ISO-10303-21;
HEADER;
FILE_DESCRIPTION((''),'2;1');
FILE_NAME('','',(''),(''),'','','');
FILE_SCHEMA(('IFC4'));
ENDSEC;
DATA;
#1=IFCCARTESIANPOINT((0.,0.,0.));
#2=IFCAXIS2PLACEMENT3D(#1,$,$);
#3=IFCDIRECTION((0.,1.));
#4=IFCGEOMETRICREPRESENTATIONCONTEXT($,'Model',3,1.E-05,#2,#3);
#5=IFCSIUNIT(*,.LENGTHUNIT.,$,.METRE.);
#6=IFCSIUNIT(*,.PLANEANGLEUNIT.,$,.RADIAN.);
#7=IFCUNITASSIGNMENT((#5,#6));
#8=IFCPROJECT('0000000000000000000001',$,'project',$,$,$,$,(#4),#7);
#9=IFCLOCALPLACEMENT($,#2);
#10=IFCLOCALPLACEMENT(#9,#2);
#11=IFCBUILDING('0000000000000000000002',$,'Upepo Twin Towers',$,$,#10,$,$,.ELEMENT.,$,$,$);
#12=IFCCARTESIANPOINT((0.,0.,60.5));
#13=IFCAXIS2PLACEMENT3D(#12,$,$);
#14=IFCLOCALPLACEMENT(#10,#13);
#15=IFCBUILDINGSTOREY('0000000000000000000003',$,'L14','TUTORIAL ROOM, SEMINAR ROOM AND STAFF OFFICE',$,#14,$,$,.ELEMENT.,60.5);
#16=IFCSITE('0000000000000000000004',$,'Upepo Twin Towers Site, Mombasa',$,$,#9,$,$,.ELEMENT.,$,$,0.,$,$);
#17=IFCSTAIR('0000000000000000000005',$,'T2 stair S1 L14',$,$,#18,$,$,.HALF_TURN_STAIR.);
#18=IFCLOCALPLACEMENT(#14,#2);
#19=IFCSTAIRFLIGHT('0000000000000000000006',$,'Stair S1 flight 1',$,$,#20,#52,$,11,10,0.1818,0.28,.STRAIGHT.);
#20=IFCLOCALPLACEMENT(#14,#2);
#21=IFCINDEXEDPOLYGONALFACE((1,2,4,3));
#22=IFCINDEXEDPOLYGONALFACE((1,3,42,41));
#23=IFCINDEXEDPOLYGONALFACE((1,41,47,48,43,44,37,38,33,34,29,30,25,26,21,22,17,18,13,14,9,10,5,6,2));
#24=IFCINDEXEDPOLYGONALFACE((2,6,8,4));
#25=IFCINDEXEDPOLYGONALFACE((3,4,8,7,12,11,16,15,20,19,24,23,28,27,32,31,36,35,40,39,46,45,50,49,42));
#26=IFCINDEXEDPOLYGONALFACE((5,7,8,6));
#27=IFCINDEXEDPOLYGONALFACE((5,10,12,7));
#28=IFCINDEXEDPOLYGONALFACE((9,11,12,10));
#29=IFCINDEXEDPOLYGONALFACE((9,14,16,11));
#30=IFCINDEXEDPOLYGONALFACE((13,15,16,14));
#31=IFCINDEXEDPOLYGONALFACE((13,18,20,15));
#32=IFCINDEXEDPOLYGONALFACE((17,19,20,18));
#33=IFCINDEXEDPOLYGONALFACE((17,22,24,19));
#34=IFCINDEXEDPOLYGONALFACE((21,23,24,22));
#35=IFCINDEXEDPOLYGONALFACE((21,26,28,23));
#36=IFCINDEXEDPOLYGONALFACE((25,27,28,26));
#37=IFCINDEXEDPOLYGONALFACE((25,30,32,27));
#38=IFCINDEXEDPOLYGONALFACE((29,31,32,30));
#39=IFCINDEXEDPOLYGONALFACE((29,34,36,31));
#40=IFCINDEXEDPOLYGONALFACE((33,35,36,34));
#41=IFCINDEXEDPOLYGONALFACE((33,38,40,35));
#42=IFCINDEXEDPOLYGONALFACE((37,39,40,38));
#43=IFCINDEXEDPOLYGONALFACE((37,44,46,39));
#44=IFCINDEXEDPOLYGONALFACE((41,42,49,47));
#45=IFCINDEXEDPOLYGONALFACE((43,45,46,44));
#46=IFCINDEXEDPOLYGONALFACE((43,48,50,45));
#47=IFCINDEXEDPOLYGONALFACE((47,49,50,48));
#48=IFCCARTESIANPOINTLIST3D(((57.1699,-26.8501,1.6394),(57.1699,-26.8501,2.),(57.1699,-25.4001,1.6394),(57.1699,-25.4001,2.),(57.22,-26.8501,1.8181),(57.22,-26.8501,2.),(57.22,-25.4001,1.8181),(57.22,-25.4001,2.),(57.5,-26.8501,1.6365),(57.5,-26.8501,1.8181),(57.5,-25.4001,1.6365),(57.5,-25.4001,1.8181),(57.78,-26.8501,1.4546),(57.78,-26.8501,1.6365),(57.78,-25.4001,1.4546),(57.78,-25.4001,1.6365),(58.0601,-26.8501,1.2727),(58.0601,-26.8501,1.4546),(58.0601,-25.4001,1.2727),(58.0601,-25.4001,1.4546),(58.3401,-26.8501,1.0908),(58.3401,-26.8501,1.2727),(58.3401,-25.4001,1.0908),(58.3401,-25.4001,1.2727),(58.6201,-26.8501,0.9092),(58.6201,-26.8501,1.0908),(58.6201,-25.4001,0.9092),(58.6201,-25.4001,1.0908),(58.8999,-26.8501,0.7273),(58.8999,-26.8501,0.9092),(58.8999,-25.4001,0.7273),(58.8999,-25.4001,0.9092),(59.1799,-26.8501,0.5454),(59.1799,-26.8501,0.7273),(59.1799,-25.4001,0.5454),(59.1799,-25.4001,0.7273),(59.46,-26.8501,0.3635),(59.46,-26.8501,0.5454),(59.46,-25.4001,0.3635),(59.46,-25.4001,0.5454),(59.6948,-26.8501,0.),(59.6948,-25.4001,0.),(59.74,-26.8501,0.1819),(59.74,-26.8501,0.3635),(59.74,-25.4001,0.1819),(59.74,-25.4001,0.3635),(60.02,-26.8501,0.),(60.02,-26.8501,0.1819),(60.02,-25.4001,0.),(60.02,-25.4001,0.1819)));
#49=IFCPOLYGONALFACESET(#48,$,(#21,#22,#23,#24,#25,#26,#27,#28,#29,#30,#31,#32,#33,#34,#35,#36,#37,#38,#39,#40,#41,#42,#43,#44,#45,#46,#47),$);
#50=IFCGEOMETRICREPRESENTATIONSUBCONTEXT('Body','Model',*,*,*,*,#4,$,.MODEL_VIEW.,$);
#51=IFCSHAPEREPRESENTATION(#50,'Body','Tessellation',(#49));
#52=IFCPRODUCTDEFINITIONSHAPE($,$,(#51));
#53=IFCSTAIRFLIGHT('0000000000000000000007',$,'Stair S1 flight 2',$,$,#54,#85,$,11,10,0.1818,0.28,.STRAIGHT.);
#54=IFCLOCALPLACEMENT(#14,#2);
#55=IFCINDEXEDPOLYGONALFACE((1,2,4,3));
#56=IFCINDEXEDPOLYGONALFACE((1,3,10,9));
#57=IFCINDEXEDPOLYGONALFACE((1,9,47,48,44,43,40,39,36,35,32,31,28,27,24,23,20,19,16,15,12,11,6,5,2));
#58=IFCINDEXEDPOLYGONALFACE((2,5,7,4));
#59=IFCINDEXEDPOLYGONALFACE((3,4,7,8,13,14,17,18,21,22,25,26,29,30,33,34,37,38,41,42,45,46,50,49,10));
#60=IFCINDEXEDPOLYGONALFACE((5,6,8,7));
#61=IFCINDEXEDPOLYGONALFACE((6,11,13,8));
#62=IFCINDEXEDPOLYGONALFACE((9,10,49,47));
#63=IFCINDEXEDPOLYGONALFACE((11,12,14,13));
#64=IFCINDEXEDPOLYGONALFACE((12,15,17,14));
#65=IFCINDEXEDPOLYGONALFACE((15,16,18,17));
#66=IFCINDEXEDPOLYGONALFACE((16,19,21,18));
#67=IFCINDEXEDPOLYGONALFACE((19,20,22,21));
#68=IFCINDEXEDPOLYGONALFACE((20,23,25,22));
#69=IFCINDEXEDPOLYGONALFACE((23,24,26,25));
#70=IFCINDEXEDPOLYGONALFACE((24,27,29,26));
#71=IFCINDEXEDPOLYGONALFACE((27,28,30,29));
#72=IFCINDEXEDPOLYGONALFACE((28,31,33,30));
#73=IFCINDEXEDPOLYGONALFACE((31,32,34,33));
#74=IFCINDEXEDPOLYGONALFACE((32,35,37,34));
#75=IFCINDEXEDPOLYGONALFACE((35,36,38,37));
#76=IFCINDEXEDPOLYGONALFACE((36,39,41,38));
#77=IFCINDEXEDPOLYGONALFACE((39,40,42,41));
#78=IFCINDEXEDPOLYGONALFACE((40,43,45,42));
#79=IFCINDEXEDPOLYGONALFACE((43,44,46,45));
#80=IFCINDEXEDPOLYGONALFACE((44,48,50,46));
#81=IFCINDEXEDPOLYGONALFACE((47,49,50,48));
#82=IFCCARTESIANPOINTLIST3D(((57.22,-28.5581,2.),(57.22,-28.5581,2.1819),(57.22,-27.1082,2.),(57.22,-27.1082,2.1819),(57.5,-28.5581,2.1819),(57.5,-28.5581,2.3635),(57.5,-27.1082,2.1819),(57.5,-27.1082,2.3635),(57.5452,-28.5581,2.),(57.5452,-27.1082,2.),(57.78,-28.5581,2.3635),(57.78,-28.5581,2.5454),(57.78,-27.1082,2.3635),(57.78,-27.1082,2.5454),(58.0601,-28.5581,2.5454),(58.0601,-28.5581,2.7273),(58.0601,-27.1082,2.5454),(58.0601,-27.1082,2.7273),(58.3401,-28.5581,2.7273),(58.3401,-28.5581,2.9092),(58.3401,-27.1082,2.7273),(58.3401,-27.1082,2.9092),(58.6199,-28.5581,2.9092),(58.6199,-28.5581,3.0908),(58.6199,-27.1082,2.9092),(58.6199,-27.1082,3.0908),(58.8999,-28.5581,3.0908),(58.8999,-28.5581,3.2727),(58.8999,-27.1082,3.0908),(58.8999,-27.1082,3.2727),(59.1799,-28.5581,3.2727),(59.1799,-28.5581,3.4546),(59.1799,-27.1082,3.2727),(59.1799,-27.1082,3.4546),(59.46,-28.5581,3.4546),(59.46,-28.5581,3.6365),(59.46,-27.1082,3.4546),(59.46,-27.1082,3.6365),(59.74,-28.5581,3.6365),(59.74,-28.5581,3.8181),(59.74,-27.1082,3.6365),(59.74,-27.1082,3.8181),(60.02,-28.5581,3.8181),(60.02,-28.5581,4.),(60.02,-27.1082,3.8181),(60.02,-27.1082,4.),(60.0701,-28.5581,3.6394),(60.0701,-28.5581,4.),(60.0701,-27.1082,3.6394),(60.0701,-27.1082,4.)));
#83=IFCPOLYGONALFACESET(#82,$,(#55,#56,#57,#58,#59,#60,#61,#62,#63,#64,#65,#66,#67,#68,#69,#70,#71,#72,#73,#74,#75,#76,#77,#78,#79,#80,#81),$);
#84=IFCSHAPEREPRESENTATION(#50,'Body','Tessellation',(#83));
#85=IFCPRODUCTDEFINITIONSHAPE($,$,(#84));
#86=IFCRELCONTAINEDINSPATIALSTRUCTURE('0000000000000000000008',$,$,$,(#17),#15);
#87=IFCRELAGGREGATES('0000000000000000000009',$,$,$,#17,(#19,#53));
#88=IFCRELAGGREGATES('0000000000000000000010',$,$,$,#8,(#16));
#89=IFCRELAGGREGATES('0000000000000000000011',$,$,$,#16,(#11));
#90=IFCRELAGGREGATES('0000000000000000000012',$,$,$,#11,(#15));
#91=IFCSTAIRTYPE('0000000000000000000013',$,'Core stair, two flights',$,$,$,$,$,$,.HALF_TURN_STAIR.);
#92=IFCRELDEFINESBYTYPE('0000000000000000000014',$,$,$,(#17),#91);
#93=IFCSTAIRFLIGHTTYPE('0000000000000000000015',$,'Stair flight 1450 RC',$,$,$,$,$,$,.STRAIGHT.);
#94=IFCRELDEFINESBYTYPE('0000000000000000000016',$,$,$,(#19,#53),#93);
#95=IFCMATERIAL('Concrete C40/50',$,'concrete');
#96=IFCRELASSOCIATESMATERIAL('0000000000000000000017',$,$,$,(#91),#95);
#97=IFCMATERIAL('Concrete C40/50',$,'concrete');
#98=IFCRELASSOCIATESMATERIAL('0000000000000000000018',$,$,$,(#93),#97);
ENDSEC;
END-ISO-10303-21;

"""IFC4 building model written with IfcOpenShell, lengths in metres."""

from ifc_helpers import new_model, si_unit, direction, frame, origin, place, context, subcontext, project, spatial, polyline, outline, extrude, material, type_object, element, aggregate, save


model = new_model("IFC4")

# Units and contexts
model_context = context("Model", 3, precision=1e-05, world=origin(), true_north=direction((0.0, 1.0)))
body_context = subcontext(model_context, "Body", "Model", "MODEL_VIEW")
ifc_project = project(units=[si_unit("LENGTHUNIT", "METRE"), si_unit("PLANEANGLEUNIT", "RADIAN")], contexts=[model_context])

# Site, building, storey
site_placement = place(None, origin())
site = spatial("IfcSite", under=ifc_project, at=site_placement, Name="Upepo Twin Towers Site, Mombasa", CompositionType="ELEMENT", RefElevation=0.0)
building_placement = place(site_placement, origin())
building = spatial("IfcBuilding", under=site, at=building_placement, Name="Upepo Twin Towers", CompositionType="ELEMENT")
storey_placement = place(building_placement, frame((0.0, 0.0, 60.5)))
storey = spatial("IfcBuildingStorey", under=building, at=storey_placement, Name="L14", Description="TUTORIAL ROOM, SEMINAR ROOM AND STAFF OFFICE", CompositionType="ELEMENT", Elevation=60.5)

# Stair, stair flights
ifc_material_1 = material(Name="Concrete C40/50", Category="concrete")
stair_type = type_object("IfcStairType", Name="Core stair, two flights", PredefinedType="HALF_TURN_STAIR", material=ifc_material_1)
stair_placement = place(storey_placement, origin())
stair = element("IfcStair", 1, at=stair_placement, inside=storey, type_object=stair_type, Name="T2 stair S1 L14", PredefinedType="HALF_TURN_STAIR")
ifc_material_2 = material(Name="Concrete C40/50", Category="concrete")
stair_flight_type = type_object("IfcStairFlightType", Name="Stair flight 1450 RC", PredefinedType="STRAIGHT", material=ifc_material_2)
stair_flight_1_placement = place(storey_placement, frame((60.02, -26.125, 0.0), z_axis=(0.0, 0.0, 1.0), x_axis=(-1.0, 0.0, 0.0)))
stair_flight_1 = element("IfcStairFlight", 2, at=stair_flight_1_placement, type_object=stair_flight_type, Name="Stair S1 flight 1", NumberOfRisers=11, NumberOfTreads=10, PredefinedType="STRAIGHT", RiserHeight=0.1818, TreadLength=0.28, context=body_context, shape_type="SweptSolid", body=[
    extrude(outline(polyline([(0.0, 0.0), (0.0, 0.1819), (0.28, 0.1819), (0.28, 0.3635), (0.5601, 0.3635), (0.5601, 0.5454), (0.8401, 0.5454), (0.8401, 0.7273), (1.1201, 0.7273), (1.1201, 0.9092), (1.3999, 0.9092), (1.3999, 1.0908), (1.6799, 1.0908), (1.6799, 1.2727), (1.96, 1.2727), (1.96, 1.4546), (2.24, 1.4546), (2.24, 1.6365), (2.52, 1.6365), (2.52, 1.8181), (2.8, 1.8181), (2.8, 2.0), (2.8501, 2.0), (2.8501, 1.6394), (0.3252, 0.0), (0.0, 0.0)])), frame((0.0, 0.7251, 0.0), z_axis=(0.0, -1.0, 0.0), x_axis=(1.0, 0.0, 0.0)), (0.0, 0.0, 1.0), 1.45),
])
stair_flight_2_placement = place(storey_placement, frame((57.22, -27.8333, 2.0), z_axis=(0.0, 0.0, 1.0), x_axis=(1.0, 0.0, 0.0)))
stair_flight_2 = element("IfcStairFlight", 3, at=stair_flight_2_placement, type_object=stair_flight_type, Name="Stair S1 flight 2", NumberOfRisers=11, NumberOfTreads=10, PredefinedType="STRAIGHT", RiserHeight=0.1818, TreadLength=0.28, context=body_context, shape_type="SweptSolid", body=[
    extrude(outline(polyline([(0.0, 0.0), (0.0, 0.1819), (0.28, 0.1819), (0.28, 0.3635), (0.5601, 0.3635), (0.5601, 0.5454), (0.8401, 0.5454), (0.8401, 0.7273), (1.1201, 0.7273), (1.1201, 0.9092), (1.3999, 0.9092), (1.3999, 1.0908), (1.6799, 1.0908), (1.6799, 1.2727), (1.96, 1.2727), (1.96, 1.4546), (2.24, 1.4546), (2.24, 1.6365), (2.52, 1.6365), (2.52, 1.8181), (2.8, 1.8181), (2.8, 2.0), (2.8501, 2.0), (2.8501, 1.6394), (0.3252, 0.0), (0.0, 0.0)])), frame((0.0, 0.7251, 0.0), z_axis=(0.0, -1.0, 0.0), x_axis=(1.0, 0.0, 0.0)), (0.0, 0.0, 1.0), 1.45),
])
aggregate(stair, [stair_flight_1, stair_flight_2])

save(model, "model.ifc")
